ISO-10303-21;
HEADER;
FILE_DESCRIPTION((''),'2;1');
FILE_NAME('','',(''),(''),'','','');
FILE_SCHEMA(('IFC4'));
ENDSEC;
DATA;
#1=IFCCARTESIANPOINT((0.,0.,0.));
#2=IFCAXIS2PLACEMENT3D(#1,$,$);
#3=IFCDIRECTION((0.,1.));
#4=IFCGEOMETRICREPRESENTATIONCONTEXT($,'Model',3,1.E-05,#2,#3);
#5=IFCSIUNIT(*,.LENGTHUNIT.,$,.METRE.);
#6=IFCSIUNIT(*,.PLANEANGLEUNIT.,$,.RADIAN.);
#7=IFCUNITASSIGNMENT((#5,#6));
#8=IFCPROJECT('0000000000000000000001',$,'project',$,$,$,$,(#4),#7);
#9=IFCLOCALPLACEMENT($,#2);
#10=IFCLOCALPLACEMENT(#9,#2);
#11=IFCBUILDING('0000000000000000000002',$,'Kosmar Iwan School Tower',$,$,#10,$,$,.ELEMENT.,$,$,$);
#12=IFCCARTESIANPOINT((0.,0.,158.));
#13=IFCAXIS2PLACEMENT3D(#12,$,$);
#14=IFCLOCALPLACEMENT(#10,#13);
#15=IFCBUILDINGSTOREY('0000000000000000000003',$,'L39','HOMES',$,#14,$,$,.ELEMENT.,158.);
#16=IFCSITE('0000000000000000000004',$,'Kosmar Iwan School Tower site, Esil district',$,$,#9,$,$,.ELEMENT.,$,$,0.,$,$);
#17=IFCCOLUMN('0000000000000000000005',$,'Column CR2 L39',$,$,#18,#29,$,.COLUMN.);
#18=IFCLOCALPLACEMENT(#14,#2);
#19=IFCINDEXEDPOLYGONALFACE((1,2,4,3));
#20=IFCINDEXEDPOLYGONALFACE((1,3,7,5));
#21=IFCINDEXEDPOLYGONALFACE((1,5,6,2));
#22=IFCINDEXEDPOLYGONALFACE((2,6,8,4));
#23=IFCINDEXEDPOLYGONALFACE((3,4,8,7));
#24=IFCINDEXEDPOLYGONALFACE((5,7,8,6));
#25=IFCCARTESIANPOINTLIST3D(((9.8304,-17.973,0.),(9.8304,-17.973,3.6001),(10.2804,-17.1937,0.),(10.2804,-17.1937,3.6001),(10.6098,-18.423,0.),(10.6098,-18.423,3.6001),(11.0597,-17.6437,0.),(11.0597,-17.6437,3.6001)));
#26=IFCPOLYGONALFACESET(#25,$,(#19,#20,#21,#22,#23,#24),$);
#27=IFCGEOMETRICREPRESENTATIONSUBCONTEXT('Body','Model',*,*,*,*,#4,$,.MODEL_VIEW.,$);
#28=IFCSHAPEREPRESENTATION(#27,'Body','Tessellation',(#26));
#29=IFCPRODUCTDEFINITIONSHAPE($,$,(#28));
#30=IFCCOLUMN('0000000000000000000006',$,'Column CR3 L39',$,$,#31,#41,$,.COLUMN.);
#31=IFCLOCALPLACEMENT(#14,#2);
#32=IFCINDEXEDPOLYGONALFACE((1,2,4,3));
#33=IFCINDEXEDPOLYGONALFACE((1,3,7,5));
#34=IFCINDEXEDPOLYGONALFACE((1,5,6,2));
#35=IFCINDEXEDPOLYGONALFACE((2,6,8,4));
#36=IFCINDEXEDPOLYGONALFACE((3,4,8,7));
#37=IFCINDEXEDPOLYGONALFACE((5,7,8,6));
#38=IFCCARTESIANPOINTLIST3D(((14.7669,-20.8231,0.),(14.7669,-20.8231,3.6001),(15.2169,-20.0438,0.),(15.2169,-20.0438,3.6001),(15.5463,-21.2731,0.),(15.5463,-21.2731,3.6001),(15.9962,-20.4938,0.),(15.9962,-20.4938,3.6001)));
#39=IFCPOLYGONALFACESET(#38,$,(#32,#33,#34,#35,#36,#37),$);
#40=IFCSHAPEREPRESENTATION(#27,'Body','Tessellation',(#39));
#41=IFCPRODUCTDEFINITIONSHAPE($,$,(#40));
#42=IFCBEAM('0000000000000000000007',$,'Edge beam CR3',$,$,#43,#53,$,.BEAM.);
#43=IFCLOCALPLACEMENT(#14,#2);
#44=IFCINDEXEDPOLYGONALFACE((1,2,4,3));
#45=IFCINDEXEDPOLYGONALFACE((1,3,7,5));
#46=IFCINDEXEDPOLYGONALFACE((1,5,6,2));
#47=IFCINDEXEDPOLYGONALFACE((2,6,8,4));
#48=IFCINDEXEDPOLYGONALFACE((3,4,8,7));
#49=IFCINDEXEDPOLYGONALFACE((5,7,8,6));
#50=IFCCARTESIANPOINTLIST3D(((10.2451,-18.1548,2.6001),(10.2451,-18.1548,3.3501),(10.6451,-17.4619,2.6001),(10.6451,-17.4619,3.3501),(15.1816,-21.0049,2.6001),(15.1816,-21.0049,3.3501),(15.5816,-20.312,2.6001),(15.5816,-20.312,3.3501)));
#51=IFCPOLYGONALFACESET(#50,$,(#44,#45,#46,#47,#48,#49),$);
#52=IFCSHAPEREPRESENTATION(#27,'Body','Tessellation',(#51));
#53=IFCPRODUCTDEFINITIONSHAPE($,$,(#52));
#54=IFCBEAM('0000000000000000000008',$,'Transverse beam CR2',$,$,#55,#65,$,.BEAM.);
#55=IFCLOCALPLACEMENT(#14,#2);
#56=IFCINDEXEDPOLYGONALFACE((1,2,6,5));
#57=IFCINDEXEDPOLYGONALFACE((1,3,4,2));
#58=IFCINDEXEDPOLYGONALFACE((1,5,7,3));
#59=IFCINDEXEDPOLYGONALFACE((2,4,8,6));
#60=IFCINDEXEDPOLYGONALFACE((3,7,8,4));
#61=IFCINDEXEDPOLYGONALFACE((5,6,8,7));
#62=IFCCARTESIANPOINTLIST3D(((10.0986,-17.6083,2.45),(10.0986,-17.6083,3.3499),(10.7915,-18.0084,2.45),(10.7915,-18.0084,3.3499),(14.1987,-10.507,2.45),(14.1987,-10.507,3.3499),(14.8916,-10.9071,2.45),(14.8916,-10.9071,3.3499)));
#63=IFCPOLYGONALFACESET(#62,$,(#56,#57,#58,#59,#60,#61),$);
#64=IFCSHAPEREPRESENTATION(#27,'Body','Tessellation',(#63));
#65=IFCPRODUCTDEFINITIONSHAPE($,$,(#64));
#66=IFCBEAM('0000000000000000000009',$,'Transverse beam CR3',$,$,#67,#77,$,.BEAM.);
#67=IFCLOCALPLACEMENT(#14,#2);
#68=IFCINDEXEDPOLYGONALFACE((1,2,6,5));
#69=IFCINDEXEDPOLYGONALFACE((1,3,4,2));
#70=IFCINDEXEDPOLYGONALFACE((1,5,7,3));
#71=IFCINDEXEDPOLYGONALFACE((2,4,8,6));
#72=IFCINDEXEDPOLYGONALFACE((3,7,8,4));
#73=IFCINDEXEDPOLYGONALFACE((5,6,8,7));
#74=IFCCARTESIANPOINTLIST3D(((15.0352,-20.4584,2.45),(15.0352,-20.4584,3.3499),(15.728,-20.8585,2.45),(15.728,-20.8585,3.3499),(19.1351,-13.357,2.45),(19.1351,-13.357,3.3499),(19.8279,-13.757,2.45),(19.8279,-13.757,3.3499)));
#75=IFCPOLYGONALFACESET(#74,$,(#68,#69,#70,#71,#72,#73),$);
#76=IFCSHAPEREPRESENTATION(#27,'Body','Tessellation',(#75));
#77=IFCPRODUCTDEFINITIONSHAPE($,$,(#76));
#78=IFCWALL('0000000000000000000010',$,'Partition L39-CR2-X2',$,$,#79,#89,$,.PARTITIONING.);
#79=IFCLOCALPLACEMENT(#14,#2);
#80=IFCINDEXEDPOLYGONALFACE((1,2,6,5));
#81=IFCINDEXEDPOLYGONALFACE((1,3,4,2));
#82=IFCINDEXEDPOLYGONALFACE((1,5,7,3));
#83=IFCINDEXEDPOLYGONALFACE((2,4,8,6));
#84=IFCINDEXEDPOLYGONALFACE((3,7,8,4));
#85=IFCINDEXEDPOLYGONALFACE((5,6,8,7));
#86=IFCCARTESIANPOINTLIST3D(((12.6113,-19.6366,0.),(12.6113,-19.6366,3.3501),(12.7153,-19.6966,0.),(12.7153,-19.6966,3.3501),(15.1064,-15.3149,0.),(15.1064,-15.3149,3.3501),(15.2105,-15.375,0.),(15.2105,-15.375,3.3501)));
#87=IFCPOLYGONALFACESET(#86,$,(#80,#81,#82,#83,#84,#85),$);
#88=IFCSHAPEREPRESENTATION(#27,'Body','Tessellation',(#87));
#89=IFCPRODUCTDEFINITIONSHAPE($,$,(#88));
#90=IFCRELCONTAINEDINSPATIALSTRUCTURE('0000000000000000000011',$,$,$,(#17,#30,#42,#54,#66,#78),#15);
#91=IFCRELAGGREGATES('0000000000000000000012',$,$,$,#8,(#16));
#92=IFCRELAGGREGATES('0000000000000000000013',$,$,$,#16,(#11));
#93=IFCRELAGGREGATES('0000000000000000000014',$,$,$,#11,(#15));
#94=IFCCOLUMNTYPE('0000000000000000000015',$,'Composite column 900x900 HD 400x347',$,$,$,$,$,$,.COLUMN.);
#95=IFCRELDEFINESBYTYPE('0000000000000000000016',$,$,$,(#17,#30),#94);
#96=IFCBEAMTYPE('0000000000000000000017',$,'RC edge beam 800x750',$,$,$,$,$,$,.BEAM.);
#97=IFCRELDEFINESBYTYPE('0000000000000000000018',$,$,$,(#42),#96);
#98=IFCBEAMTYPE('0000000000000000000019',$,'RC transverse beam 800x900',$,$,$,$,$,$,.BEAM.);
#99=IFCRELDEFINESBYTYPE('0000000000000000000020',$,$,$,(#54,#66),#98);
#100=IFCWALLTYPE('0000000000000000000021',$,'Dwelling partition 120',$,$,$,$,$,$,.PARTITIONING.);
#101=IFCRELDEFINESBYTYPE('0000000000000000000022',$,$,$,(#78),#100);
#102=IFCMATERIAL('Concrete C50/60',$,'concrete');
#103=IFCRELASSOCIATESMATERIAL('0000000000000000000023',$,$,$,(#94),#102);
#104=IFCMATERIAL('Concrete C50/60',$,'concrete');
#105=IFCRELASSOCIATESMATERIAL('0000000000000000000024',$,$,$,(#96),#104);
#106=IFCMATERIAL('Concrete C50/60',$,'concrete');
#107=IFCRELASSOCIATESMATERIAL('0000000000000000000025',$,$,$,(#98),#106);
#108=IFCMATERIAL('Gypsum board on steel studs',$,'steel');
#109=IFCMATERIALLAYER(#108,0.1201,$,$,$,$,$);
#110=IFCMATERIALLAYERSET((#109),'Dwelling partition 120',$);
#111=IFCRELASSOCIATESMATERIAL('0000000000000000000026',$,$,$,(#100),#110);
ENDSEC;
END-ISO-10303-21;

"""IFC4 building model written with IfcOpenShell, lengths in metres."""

from ifc_helpers import new_model, si_unit, direction, frame, frame_2d, origin, origin_2d, place, context, subcontext, project, spatial, rectangle, extrude, material, layer, layer_set, material_profile, profile_set, type_object, element, save


model = new_model("IFC4")

# Units and contexts
model_context = context("Model", 3, precision=1e-05, world=origin(), true_north=direction((0.0, 1.0)))
body_context = subcontext(model_context, "Body", "Model", "MODEL_VIEW")
ifc_project = project(units=[si_unit("LENGTHUNIT", "METRE"), si_unit("PLANEANGLEUNIT", "RADIAN")], contexts=[model_context])

# Site, building, storey
site_placement = place(None, origin())
site = spatial("IfcSite", under=ifc_project, at=site_placement, Name="Kosmar Iwan School Tower site, Esil district", CompositionType="ELEMENT", RefElevation=0.0)
building_placement = place(site_placement, origin())
building = spatial("IfcBuilding", under=site, at=building_placement, Name="Kosmar Iwan School Tower", CompositionType="ELEMENT")
storey_placement = place(building_placement, frame((0.0, 0.0, 158.0)))
storey = spatial("IfcBuildingStorey", under=building, at=storey_placement, Name="L39", Description="HOMES", CompositionType="ELEMENT", Elevation=158.0)

# Columns
ifc_material_1 = material(Name="Concrete C50/60", Category="concrete")
ifc_material_profile_1 = material_profile(ifc_material_1, rectangle(XDim=0.8999, YDim=0.8999, at=origin_2d()), Name="RC 900x900 + HD 400x347")
ifc_profile_set_1 = profile_set([ifc_material_profile_1], Name="Concrete C50/60")
column_type = type_object("IfcColumnType", Name="Composite column 900x900 HD 400x347", PredefinedType="COLUMN", material=ifc_profile_set_1)
for number, where, z_axis, x_axis, name in (
    (1, (10.4451, -17.8083, 0.0), (0.0, 0.0, 1.0), (0.866025, -0.5, 0.0), "Column CR2 L39"),
    (2, (15.3816, -20.6584, 0.0), (0.0, 0.0, 1.0), (0.866025, -0.5, 0.0), "Column CR3 L39"),
):
    element("IfcColumn", number, at=place(storey_placement, frame(where, z_axis=z_axis, x_axis=x_axis)), inside=storey, type_object=column_type, Name=name, PredefinedType="COLUMN", context=body_context, shape_type="SweptSolid", body=[
        extrude(rectangle(XDim=0.8999, YDim=0.8999, at=origin_2d()), origin(), (0.0, 0.0, 1.0), 3.6001),
    ])

# Beams
ifc_material_2 = material(Name="Concrete C50/60", Category="concrete")
ifc_material_profile_2 = material_profile(ifc_material_2, rectangle(XDim=0.8, YDim=0.75, at=origin_2d()), Name="RC 800x750")
ifc_profile_set_2 = profile_set([ifc_material_profile_2], Name="Concrete C50/60")
beam_type_1 = type_object("IfcBeamType", Name="RC edge beam 800x750", PredefinedType="BEAM", material=ifc_profile_set_2)
beam_placement = place(storey_placement, frame((10.4451, -17.8083, 2.9751), z_axis=(0.866026, -0.499999, 0.0), x_axis=(0.499999, 0.866026, 0.0)))
element("IfcBeam", 3, at=beam_placement, inside=storey, type_object=beam_type_1, Name="Edge beam CR3", PredefinedType="BEAM", context=body_context, shape_type="SweptSolid", body=[
    extrude(rectangle(XDim=0.8, YDim=0.75, at=origin_2d()), origin(), (0.0, 0.0, 1.0), 5.7002),
])
ifc_material_3 = material(Name="Concrete C50/60", Category="concrete")
ifc_material_profile_3 = material_profile(ifc_material_3, rectangle(XDim=0.8, YDim=0.8999, at=origin_2d()), Name="RC 800x900")
ifc_profile_set_3 = profile_set([ifc_material_profile_3], Name="Concrete C50/60")
beam_type_2 = type_object("IfcBeamType", Name="RC transverse beam 800x900", PredefinedType="BEAM", material=ifc_profile_set_3)
for number, where, z_axis, x_axis, name in (
    (4, (10.4451, -17.8083, 2.8999), (0.500014, 0.866018, 0.0), (-0.866018, 0.500014, 0.0), "Transverse beam CR2"),
    (5, (15.3816, -20.6584, 2.8999), (0.499991, 0.86603, 0.0), (-0.86603, 0.499991, 0.0), "Transverse beam CR3"),
):
    element("IfcBeam", number, at=place(storey_placement, frame(where, z_axis=z_axis, x_axis=x_axis)), inside=storey, type_object=beam_type_2, Name=name, PredefinedType="BEAM", context=body_context, shape_type="SweptSolid", body=[
        extrude(rectangle(XDim=0.8, YDim=0.8999, at=origin_2d()), origin(), (0.0, 0.0, 1.0), 8.2),
    ])

# Wall
ifc_material_4 = material(Name="Gypsum board on steel studs", Category="steel")
ifc_layer = layer(ifc_material_4, 0.1201)
ifc_layer_set = layer_set([ifc_layer], Name="Dwelling partition 120")
wall_type = type_object("IfcWallType", Name="Dwelling partition 120", PredefinedType="PARTITIONING", material=ifc_layer_set)
wall_placement = place(storey_placement, frame((15.1584, -15.345, 0.0), z_axis=(0.0, 0.0, 1.0), x_axis=(-0.500012, -0.866019, 0.0)))
element("IfcWall", 6, at=wall_placement, inside=storey, type_object=wall_type, Name="Partition L39-CR2-X2", PredefinedType="PARTITIONING", context=body_context, shape_type="SweptSolid", body=[
    extrude(rectangle(XDim=4.9902, YDim=0.1201, at=frame_2d((2.4951, 0.0))), origin(), (0.0, 0.0, 1.0), 3.3501),
])

save(model, "model.ifc")
